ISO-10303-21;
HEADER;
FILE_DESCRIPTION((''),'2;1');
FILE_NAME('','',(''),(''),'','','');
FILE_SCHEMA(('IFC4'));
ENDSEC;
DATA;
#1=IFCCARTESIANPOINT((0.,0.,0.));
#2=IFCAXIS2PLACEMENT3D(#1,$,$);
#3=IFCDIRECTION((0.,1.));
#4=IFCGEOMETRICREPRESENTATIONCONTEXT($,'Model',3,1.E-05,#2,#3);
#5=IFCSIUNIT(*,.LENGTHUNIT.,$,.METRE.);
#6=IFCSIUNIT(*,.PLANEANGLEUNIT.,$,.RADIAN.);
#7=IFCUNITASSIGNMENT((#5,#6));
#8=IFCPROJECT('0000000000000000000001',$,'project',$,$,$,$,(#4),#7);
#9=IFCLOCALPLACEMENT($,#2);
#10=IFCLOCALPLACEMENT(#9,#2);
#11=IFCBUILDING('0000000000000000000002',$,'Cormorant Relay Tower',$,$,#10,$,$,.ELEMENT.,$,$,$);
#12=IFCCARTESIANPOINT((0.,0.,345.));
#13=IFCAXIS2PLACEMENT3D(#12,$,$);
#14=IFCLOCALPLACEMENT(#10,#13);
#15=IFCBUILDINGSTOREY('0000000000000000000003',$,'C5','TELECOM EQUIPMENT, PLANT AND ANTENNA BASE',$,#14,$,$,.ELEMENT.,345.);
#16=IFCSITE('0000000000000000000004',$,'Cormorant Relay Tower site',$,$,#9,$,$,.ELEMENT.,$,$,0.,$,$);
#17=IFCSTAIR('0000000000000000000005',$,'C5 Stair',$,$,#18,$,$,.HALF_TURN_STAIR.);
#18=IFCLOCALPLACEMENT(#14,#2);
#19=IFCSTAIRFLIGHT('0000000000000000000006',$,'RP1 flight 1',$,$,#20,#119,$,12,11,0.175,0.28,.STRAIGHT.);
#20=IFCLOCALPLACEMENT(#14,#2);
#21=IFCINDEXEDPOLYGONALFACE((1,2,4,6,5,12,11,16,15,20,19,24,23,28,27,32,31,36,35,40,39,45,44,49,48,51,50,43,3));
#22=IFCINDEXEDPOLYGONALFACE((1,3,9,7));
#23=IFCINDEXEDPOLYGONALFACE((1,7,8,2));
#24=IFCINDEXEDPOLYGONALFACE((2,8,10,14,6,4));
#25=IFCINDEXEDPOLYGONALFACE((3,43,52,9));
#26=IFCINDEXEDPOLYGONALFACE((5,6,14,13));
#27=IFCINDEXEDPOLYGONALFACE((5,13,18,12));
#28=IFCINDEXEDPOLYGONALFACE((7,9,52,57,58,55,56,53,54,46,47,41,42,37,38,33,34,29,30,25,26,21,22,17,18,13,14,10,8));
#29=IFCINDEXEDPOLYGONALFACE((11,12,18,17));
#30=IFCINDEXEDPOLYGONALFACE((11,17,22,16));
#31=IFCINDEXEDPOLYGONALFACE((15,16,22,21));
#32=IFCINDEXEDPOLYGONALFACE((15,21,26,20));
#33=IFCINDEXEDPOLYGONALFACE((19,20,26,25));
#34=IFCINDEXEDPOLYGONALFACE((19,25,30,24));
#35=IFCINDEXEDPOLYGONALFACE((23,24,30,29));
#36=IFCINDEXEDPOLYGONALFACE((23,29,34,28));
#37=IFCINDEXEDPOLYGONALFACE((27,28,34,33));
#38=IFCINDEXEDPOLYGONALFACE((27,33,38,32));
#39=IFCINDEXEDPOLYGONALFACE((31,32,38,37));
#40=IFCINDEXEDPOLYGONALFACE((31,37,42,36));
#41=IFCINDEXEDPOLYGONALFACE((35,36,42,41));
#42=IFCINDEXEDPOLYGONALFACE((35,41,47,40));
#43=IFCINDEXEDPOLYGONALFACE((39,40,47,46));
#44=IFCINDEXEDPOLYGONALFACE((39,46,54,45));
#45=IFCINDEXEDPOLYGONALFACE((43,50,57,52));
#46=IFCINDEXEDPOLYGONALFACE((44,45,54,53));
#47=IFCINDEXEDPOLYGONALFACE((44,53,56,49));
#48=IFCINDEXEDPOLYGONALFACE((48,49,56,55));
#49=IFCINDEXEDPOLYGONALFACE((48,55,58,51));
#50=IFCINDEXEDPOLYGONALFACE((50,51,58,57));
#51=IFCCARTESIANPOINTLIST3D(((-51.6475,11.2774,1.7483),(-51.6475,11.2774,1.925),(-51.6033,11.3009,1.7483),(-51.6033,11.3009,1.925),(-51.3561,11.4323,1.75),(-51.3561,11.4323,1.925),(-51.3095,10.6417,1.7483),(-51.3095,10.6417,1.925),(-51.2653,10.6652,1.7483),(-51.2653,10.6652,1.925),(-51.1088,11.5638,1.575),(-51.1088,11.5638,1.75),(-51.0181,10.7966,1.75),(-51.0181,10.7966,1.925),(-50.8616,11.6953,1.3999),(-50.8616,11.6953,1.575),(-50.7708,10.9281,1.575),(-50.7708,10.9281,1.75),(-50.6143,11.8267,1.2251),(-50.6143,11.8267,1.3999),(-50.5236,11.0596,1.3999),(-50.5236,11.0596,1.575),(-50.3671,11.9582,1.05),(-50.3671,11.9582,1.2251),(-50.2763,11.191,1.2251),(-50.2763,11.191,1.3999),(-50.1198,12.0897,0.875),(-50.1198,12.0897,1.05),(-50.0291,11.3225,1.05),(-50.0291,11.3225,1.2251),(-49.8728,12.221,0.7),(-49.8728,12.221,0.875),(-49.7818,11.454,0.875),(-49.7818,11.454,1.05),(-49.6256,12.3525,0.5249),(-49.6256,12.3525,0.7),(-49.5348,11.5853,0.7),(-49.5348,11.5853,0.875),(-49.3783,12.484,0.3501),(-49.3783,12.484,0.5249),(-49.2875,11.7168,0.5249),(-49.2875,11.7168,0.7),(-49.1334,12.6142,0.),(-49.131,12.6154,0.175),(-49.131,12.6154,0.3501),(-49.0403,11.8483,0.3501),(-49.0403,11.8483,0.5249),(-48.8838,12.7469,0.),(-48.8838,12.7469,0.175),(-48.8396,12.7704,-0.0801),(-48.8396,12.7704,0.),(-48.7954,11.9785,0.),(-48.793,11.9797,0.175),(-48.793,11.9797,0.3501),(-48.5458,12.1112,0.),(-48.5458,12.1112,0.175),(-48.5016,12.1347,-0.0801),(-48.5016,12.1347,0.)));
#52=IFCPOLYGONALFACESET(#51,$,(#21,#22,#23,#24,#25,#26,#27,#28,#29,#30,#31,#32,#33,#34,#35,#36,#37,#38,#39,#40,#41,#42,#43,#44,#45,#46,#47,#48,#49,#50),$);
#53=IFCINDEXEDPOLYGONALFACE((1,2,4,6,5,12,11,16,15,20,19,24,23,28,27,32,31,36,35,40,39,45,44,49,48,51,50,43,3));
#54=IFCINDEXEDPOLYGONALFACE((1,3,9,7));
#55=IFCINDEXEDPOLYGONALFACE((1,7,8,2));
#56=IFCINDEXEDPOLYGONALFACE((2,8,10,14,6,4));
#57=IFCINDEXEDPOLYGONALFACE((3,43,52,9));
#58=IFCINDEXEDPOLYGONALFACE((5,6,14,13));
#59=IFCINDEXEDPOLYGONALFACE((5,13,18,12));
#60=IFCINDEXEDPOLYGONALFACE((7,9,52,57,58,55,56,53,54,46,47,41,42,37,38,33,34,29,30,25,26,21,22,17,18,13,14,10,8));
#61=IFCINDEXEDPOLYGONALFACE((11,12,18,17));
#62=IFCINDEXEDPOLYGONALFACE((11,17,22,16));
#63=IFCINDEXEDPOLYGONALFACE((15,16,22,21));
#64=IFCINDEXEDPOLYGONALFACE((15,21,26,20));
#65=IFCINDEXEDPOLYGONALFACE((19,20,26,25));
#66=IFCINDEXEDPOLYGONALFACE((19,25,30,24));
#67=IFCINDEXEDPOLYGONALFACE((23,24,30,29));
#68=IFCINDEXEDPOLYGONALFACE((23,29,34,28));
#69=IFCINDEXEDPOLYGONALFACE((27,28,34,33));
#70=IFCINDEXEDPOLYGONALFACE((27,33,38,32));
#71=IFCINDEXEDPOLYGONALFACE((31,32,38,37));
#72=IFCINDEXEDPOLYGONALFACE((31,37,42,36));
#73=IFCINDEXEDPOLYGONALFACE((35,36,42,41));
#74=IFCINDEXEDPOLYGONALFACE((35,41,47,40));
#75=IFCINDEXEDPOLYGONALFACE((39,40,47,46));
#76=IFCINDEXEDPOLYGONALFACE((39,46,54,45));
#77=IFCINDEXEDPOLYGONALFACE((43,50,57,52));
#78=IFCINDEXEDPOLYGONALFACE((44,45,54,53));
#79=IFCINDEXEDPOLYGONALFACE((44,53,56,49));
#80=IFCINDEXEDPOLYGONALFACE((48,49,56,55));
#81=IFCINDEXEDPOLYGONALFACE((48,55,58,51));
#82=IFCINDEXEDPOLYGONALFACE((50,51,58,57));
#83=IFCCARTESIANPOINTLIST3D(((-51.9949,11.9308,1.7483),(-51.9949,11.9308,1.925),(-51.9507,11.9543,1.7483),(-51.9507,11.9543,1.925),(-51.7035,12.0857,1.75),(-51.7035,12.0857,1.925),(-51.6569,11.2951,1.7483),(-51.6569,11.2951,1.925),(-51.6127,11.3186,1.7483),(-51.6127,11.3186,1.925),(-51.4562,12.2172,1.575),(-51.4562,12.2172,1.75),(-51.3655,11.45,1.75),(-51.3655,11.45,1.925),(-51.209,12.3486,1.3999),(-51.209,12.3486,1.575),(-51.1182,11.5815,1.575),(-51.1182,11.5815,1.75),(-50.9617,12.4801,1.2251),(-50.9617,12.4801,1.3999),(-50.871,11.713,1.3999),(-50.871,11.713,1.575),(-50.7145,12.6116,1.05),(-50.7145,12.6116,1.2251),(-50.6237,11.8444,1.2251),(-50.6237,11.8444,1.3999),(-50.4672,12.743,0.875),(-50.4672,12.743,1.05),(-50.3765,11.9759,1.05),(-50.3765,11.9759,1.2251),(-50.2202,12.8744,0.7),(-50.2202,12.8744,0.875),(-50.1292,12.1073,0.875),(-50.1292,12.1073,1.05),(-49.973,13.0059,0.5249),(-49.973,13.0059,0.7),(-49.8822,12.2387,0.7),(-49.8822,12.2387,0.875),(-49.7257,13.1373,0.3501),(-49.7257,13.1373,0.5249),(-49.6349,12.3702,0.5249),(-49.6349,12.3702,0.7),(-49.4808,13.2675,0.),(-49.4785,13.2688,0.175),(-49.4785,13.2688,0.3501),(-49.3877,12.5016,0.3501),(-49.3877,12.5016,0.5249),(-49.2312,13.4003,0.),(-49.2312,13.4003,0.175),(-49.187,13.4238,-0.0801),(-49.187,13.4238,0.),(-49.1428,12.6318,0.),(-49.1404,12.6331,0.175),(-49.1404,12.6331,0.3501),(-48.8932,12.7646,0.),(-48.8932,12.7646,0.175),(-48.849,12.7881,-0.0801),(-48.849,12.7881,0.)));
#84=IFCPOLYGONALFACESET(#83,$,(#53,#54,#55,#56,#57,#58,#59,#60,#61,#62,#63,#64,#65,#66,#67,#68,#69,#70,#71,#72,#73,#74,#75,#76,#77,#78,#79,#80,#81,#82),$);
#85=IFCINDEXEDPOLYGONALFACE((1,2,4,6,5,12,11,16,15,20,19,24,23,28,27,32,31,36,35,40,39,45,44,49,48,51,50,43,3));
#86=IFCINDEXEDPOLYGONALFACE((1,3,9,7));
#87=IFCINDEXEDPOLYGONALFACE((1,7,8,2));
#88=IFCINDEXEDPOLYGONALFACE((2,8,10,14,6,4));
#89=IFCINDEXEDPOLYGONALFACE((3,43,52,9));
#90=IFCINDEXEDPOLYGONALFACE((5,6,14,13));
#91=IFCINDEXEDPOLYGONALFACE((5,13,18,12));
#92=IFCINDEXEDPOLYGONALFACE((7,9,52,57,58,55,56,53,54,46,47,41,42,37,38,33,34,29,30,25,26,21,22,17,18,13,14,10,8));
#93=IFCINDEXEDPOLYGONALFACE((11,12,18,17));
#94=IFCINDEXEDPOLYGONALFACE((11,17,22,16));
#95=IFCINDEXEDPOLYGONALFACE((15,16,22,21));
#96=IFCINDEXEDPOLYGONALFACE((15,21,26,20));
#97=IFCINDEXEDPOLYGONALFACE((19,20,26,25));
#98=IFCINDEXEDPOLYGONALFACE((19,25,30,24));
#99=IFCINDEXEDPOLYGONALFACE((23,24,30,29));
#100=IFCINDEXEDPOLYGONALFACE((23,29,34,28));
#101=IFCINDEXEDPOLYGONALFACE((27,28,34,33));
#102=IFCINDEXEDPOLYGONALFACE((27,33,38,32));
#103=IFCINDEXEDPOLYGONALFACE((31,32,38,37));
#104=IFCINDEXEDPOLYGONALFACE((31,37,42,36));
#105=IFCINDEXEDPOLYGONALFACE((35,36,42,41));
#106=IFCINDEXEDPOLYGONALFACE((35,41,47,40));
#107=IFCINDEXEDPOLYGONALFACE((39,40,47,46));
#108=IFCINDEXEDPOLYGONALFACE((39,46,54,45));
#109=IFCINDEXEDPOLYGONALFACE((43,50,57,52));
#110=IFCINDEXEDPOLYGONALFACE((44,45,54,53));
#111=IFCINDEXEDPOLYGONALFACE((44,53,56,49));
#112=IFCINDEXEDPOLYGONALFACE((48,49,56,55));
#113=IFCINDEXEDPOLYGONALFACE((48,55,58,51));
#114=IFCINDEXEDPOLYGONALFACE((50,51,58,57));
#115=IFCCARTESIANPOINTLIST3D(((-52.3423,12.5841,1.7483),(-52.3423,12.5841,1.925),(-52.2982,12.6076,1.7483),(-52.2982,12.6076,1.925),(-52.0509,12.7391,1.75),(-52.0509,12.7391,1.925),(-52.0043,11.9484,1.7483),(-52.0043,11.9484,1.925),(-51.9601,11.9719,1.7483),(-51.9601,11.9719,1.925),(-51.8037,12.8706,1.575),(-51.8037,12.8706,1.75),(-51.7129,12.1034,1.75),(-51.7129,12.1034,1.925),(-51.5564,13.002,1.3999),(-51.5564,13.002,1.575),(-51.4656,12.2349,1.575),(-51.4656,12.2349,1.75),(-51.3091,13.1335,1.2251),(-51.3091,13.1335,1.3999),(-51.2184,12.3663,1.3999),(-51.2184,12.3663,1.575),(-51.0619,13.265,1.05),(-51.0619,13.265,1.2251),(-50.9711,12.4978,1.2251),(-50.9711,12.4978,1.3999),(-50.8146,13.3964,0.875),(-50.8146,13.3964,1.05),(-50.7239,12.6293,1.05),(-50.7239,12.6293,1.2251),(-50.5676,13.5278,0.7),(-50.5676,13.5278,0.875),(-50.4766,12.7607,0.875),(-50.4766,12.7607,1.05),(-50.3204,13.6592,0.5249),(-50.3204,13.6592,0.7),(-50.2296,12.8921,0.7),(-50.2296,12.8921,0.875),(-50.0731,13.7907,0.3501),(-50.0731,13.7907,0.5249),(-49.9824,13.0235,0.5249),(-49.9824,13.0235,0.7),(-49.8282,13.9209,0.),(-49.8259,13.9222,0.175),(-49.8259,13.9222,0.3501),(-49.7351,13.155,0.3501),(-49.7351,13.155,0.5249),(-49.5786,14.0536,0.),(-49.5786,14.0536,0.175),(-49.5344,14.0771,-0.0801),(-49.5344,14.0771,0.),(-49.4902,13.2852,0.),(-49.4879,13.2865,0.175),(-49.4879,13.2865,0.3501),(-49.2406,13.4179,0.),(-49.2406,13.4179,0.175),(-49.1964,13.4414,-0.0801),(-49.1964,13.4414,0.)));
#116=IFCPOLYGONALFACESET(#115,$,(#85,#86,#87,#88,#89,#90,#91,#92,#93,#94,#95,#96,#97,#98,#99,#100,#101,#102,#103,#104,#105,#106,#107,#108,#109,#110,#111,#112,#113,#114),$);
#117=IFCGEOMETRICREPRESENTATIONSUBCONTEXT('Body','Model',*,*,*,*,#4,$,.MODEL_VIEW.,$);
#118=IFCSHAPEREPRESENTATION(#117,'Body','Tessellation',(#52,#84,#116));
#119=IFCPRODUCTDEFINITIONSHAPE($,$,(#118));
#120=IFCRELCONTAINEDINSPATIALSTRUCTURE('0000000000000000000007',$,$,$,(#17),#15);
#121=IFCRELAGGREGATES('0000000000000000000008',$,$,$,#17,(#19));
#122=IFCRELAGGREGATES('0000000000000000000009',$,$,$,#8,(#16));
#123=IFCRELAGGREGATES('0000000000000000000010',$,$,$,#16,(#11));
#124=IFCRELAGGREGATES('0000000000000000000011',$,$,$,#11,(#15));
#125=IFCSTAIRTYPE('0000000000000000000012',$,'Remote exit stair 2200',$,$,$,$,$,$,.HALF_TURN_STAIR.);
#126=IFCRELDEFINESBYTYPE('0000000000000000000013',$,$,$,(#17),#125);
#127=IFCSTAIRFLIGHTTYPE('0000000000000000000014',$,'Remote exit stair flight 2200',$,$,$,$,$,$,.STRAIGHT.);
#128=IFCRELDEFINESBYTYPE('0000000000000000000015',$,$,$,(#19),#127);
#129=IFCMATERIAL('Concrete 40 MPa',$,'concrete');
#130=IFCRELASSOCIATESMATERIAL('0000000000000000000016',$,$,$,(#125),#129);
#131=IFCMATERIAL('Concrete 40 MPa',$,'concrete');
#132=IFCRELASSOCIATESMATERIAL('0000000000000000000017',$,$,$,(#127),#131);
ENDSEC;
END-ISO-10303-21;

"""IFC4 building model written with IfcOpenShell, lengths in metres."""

from ifc_helpers import new_model, si_unit, direction, frame, origin, place, context, subcontext, project, spatial, polyline, outline, extrude, material, type_object, element, aggregate, save


model = new_model("IFC4")

# Units and contexts
model_context = context("Model", 3, precision=1e-05, world=origin(), true_north=direction((0.0, 1.0)))
body_context = subcontext(model_context, "Body", "Model", "MODEL_VIEW")
ifc_project = project(units=[si_unit("LENGTHUNIT", "METRE"), si_unit("PLANEANGLEUNIT", "RADIAN")], contexts=[model_context])

# Site, building, storey
site_placement = place(None, origin())
site = spatial("IfcSite", under=ifc_project, at=site_placement, Name="Cormorant Relay Tower site", CompositionType="ELEMENT", RefElevation=0.0)
building_placement = place(site_placement, origin())
building = spatial("IfcBuilding", under=site, at=building_placement, Name="Cormorant Relay Tower", CompositionType="ELEMENT")
storey_placement = place(building_placement, frame((0.0, 0.0, 345.0)))
storey = spatial("IfcBuildingStorey", under=building, at=storey_placement, Name="C5", Description="TELECOM EQUIPMENT, PLANT AND ANTENNA BASE", CompositionType="ELEMENT", Elevation=345.0)

# Stair, stair flight
ifc_material_1 = material(Name="Concrete 40 MPa", Category="concrete")
stair_type = type_object("IfcStairType", Name="Remote exit stair 2200", PredefinedType="HALF_TURN_STAIR", material=ifc_material_1)
stair_placement = place(storey_placement, origin())
stair = element("IfcStair", 1, at=stair_placement, inside=storey, type_object=stair_type, Name="C5 Stair", PredefinedType="HALF_TURN_STAIR")
ifc_material_2 = material(Name="Concrete 40 MPa", Category="concrete")
stair_flight_type = type_object("IfcStairFlightType", Name="Remote exit stair flight 2200", PredefinedType="STRAIGHT", material=ifc_material_2)
stair_flight_1_placement = place(storey_placement, frame((-49.0623, 13.0825, 0.0), z_axis=(0.0, 0.0, 1.0), x_axis=(-0.882948, -0.469472, 0.0)))
stair_flight_1 = element("IfcStairFlight", 2, at=stair_flight_1_placement, type_object=stair_flight_type, Name="RP1 flight 1", NumberOfRisers=12, NumberOfTreads=11, PredefinedType="STRAIGHT", RiserHeight=0.175, TreadLength=0.28, context=body_context, shape_type="SweptSolid", body=[
    extrude(outline(polyline([(-0.05, -0.0801), (-0.05, 0.0), (0.0, 0.0), (0.0, 0.175), (0.28, 0.175), (0.28, 0.3501), (0.5601, 0.3501), (0.5601, 0.5249), (0.8401, 0.5249), (0.8401, 0.7), (1.1201, 0.7), (1.1201, 0.875), (1.3999, 0.875), (1.3999, 1.05), (1.6799, 1.05), (1.6799, 1.2251), (1.96, 1.2251), (1.96, 1.3999), (2.24, 1.3999), (2.24, 1.575), (2.52, 1.575), (2.52, 1.75), (2.8, 1.75), (2.8, 1.925), (3.0801, 1.925), (3.1301, 1.925), (3.1301, 1.7483), (3.0801, 1.7483), (0.2827, 0.0), (-0.05, -0.0801)])), frame((0.0, 1.1001, 0.0), z_axis=(0.0, -1.0, 0.0), x_axis=(1.0, 0.0, 0.0)), (0.0, 0.0, 1.0), 0.72),
    extrude(outline(polyline([(-0.05, -0.0801), (-0.05, 0.0), (0.0, 0.0), (0.0, 0.175), (0.28, 0.175), (0.28, 0.3501), (0.5601, 0.3501), (0.5601, 0.5249), (0.8401, 0.5249), (0.8401, 0.7), (1.1201, 0.7), (1.1201, 0.875), (1.3999, 0.875), (1.3999, 1.05), (1.6799, 1.05), (1.6799, 1.2251), (1.96, 1.2251), (1.96, 1.3999), (2.24, 1.3999), (2.24, 1.575), (2.52, 1.575), (2.52, 1.75), (2.8, 1.75), (2.8, 1.925), (3.0801, 1.925), (3.1301, 1.925), (3.1301, 1.7483), (3.0801, 1.7483), (0.2827, 0.0), (-0.05, -0.0801)])), frame((0.0, 0.3601, 0.0), z_axis=(0.0, -1.0, 0.0), x_axis=(1.0, 0.0, 0.0)), (0.0, 0.0, 1.0), 0.72),
    extrude(outline(polyline([(-0.05, -0.0801), (-0.05, 0.0), (0.0, 0.0), (0.0, 0.175), (0.28, 0.175), (0.28, 0.3501), (0.5601, 0.3501), (0.5601, 0.5249), (0.8401, 0.5249), (0.8401, 0.7), (1.1201, 0.7), (1.1201, 0.875), (1.3999, 0.875), (1.3999, 1.05), (1.6799, 1.05), (1.6799, 1.2251), (1.96, 1.2251), (1.96, 1.3999), (2.24, 1.3999), (2.24, 1.575), (2.52, 1.575), (2.52, 1.75), (2.8, 1.75), (2.8, 1.925), (3.0801, 1.925), (3.1301, 1.925), (3.1301, 1.7483), (3.0801, 1.7483), (0.2827, 0.0), (-0.05, -0.0801)])), frame((0.0, -0.3799, 0.0), z_axis=(0.0, -1.0, 0.0), x_axis=(1.0, 0.0, 0.0)), (0.0, 0.0, 1.0), 0.72),
])
aggregate(stair, [stair_flight_1])

save(model, "model.ifc")
